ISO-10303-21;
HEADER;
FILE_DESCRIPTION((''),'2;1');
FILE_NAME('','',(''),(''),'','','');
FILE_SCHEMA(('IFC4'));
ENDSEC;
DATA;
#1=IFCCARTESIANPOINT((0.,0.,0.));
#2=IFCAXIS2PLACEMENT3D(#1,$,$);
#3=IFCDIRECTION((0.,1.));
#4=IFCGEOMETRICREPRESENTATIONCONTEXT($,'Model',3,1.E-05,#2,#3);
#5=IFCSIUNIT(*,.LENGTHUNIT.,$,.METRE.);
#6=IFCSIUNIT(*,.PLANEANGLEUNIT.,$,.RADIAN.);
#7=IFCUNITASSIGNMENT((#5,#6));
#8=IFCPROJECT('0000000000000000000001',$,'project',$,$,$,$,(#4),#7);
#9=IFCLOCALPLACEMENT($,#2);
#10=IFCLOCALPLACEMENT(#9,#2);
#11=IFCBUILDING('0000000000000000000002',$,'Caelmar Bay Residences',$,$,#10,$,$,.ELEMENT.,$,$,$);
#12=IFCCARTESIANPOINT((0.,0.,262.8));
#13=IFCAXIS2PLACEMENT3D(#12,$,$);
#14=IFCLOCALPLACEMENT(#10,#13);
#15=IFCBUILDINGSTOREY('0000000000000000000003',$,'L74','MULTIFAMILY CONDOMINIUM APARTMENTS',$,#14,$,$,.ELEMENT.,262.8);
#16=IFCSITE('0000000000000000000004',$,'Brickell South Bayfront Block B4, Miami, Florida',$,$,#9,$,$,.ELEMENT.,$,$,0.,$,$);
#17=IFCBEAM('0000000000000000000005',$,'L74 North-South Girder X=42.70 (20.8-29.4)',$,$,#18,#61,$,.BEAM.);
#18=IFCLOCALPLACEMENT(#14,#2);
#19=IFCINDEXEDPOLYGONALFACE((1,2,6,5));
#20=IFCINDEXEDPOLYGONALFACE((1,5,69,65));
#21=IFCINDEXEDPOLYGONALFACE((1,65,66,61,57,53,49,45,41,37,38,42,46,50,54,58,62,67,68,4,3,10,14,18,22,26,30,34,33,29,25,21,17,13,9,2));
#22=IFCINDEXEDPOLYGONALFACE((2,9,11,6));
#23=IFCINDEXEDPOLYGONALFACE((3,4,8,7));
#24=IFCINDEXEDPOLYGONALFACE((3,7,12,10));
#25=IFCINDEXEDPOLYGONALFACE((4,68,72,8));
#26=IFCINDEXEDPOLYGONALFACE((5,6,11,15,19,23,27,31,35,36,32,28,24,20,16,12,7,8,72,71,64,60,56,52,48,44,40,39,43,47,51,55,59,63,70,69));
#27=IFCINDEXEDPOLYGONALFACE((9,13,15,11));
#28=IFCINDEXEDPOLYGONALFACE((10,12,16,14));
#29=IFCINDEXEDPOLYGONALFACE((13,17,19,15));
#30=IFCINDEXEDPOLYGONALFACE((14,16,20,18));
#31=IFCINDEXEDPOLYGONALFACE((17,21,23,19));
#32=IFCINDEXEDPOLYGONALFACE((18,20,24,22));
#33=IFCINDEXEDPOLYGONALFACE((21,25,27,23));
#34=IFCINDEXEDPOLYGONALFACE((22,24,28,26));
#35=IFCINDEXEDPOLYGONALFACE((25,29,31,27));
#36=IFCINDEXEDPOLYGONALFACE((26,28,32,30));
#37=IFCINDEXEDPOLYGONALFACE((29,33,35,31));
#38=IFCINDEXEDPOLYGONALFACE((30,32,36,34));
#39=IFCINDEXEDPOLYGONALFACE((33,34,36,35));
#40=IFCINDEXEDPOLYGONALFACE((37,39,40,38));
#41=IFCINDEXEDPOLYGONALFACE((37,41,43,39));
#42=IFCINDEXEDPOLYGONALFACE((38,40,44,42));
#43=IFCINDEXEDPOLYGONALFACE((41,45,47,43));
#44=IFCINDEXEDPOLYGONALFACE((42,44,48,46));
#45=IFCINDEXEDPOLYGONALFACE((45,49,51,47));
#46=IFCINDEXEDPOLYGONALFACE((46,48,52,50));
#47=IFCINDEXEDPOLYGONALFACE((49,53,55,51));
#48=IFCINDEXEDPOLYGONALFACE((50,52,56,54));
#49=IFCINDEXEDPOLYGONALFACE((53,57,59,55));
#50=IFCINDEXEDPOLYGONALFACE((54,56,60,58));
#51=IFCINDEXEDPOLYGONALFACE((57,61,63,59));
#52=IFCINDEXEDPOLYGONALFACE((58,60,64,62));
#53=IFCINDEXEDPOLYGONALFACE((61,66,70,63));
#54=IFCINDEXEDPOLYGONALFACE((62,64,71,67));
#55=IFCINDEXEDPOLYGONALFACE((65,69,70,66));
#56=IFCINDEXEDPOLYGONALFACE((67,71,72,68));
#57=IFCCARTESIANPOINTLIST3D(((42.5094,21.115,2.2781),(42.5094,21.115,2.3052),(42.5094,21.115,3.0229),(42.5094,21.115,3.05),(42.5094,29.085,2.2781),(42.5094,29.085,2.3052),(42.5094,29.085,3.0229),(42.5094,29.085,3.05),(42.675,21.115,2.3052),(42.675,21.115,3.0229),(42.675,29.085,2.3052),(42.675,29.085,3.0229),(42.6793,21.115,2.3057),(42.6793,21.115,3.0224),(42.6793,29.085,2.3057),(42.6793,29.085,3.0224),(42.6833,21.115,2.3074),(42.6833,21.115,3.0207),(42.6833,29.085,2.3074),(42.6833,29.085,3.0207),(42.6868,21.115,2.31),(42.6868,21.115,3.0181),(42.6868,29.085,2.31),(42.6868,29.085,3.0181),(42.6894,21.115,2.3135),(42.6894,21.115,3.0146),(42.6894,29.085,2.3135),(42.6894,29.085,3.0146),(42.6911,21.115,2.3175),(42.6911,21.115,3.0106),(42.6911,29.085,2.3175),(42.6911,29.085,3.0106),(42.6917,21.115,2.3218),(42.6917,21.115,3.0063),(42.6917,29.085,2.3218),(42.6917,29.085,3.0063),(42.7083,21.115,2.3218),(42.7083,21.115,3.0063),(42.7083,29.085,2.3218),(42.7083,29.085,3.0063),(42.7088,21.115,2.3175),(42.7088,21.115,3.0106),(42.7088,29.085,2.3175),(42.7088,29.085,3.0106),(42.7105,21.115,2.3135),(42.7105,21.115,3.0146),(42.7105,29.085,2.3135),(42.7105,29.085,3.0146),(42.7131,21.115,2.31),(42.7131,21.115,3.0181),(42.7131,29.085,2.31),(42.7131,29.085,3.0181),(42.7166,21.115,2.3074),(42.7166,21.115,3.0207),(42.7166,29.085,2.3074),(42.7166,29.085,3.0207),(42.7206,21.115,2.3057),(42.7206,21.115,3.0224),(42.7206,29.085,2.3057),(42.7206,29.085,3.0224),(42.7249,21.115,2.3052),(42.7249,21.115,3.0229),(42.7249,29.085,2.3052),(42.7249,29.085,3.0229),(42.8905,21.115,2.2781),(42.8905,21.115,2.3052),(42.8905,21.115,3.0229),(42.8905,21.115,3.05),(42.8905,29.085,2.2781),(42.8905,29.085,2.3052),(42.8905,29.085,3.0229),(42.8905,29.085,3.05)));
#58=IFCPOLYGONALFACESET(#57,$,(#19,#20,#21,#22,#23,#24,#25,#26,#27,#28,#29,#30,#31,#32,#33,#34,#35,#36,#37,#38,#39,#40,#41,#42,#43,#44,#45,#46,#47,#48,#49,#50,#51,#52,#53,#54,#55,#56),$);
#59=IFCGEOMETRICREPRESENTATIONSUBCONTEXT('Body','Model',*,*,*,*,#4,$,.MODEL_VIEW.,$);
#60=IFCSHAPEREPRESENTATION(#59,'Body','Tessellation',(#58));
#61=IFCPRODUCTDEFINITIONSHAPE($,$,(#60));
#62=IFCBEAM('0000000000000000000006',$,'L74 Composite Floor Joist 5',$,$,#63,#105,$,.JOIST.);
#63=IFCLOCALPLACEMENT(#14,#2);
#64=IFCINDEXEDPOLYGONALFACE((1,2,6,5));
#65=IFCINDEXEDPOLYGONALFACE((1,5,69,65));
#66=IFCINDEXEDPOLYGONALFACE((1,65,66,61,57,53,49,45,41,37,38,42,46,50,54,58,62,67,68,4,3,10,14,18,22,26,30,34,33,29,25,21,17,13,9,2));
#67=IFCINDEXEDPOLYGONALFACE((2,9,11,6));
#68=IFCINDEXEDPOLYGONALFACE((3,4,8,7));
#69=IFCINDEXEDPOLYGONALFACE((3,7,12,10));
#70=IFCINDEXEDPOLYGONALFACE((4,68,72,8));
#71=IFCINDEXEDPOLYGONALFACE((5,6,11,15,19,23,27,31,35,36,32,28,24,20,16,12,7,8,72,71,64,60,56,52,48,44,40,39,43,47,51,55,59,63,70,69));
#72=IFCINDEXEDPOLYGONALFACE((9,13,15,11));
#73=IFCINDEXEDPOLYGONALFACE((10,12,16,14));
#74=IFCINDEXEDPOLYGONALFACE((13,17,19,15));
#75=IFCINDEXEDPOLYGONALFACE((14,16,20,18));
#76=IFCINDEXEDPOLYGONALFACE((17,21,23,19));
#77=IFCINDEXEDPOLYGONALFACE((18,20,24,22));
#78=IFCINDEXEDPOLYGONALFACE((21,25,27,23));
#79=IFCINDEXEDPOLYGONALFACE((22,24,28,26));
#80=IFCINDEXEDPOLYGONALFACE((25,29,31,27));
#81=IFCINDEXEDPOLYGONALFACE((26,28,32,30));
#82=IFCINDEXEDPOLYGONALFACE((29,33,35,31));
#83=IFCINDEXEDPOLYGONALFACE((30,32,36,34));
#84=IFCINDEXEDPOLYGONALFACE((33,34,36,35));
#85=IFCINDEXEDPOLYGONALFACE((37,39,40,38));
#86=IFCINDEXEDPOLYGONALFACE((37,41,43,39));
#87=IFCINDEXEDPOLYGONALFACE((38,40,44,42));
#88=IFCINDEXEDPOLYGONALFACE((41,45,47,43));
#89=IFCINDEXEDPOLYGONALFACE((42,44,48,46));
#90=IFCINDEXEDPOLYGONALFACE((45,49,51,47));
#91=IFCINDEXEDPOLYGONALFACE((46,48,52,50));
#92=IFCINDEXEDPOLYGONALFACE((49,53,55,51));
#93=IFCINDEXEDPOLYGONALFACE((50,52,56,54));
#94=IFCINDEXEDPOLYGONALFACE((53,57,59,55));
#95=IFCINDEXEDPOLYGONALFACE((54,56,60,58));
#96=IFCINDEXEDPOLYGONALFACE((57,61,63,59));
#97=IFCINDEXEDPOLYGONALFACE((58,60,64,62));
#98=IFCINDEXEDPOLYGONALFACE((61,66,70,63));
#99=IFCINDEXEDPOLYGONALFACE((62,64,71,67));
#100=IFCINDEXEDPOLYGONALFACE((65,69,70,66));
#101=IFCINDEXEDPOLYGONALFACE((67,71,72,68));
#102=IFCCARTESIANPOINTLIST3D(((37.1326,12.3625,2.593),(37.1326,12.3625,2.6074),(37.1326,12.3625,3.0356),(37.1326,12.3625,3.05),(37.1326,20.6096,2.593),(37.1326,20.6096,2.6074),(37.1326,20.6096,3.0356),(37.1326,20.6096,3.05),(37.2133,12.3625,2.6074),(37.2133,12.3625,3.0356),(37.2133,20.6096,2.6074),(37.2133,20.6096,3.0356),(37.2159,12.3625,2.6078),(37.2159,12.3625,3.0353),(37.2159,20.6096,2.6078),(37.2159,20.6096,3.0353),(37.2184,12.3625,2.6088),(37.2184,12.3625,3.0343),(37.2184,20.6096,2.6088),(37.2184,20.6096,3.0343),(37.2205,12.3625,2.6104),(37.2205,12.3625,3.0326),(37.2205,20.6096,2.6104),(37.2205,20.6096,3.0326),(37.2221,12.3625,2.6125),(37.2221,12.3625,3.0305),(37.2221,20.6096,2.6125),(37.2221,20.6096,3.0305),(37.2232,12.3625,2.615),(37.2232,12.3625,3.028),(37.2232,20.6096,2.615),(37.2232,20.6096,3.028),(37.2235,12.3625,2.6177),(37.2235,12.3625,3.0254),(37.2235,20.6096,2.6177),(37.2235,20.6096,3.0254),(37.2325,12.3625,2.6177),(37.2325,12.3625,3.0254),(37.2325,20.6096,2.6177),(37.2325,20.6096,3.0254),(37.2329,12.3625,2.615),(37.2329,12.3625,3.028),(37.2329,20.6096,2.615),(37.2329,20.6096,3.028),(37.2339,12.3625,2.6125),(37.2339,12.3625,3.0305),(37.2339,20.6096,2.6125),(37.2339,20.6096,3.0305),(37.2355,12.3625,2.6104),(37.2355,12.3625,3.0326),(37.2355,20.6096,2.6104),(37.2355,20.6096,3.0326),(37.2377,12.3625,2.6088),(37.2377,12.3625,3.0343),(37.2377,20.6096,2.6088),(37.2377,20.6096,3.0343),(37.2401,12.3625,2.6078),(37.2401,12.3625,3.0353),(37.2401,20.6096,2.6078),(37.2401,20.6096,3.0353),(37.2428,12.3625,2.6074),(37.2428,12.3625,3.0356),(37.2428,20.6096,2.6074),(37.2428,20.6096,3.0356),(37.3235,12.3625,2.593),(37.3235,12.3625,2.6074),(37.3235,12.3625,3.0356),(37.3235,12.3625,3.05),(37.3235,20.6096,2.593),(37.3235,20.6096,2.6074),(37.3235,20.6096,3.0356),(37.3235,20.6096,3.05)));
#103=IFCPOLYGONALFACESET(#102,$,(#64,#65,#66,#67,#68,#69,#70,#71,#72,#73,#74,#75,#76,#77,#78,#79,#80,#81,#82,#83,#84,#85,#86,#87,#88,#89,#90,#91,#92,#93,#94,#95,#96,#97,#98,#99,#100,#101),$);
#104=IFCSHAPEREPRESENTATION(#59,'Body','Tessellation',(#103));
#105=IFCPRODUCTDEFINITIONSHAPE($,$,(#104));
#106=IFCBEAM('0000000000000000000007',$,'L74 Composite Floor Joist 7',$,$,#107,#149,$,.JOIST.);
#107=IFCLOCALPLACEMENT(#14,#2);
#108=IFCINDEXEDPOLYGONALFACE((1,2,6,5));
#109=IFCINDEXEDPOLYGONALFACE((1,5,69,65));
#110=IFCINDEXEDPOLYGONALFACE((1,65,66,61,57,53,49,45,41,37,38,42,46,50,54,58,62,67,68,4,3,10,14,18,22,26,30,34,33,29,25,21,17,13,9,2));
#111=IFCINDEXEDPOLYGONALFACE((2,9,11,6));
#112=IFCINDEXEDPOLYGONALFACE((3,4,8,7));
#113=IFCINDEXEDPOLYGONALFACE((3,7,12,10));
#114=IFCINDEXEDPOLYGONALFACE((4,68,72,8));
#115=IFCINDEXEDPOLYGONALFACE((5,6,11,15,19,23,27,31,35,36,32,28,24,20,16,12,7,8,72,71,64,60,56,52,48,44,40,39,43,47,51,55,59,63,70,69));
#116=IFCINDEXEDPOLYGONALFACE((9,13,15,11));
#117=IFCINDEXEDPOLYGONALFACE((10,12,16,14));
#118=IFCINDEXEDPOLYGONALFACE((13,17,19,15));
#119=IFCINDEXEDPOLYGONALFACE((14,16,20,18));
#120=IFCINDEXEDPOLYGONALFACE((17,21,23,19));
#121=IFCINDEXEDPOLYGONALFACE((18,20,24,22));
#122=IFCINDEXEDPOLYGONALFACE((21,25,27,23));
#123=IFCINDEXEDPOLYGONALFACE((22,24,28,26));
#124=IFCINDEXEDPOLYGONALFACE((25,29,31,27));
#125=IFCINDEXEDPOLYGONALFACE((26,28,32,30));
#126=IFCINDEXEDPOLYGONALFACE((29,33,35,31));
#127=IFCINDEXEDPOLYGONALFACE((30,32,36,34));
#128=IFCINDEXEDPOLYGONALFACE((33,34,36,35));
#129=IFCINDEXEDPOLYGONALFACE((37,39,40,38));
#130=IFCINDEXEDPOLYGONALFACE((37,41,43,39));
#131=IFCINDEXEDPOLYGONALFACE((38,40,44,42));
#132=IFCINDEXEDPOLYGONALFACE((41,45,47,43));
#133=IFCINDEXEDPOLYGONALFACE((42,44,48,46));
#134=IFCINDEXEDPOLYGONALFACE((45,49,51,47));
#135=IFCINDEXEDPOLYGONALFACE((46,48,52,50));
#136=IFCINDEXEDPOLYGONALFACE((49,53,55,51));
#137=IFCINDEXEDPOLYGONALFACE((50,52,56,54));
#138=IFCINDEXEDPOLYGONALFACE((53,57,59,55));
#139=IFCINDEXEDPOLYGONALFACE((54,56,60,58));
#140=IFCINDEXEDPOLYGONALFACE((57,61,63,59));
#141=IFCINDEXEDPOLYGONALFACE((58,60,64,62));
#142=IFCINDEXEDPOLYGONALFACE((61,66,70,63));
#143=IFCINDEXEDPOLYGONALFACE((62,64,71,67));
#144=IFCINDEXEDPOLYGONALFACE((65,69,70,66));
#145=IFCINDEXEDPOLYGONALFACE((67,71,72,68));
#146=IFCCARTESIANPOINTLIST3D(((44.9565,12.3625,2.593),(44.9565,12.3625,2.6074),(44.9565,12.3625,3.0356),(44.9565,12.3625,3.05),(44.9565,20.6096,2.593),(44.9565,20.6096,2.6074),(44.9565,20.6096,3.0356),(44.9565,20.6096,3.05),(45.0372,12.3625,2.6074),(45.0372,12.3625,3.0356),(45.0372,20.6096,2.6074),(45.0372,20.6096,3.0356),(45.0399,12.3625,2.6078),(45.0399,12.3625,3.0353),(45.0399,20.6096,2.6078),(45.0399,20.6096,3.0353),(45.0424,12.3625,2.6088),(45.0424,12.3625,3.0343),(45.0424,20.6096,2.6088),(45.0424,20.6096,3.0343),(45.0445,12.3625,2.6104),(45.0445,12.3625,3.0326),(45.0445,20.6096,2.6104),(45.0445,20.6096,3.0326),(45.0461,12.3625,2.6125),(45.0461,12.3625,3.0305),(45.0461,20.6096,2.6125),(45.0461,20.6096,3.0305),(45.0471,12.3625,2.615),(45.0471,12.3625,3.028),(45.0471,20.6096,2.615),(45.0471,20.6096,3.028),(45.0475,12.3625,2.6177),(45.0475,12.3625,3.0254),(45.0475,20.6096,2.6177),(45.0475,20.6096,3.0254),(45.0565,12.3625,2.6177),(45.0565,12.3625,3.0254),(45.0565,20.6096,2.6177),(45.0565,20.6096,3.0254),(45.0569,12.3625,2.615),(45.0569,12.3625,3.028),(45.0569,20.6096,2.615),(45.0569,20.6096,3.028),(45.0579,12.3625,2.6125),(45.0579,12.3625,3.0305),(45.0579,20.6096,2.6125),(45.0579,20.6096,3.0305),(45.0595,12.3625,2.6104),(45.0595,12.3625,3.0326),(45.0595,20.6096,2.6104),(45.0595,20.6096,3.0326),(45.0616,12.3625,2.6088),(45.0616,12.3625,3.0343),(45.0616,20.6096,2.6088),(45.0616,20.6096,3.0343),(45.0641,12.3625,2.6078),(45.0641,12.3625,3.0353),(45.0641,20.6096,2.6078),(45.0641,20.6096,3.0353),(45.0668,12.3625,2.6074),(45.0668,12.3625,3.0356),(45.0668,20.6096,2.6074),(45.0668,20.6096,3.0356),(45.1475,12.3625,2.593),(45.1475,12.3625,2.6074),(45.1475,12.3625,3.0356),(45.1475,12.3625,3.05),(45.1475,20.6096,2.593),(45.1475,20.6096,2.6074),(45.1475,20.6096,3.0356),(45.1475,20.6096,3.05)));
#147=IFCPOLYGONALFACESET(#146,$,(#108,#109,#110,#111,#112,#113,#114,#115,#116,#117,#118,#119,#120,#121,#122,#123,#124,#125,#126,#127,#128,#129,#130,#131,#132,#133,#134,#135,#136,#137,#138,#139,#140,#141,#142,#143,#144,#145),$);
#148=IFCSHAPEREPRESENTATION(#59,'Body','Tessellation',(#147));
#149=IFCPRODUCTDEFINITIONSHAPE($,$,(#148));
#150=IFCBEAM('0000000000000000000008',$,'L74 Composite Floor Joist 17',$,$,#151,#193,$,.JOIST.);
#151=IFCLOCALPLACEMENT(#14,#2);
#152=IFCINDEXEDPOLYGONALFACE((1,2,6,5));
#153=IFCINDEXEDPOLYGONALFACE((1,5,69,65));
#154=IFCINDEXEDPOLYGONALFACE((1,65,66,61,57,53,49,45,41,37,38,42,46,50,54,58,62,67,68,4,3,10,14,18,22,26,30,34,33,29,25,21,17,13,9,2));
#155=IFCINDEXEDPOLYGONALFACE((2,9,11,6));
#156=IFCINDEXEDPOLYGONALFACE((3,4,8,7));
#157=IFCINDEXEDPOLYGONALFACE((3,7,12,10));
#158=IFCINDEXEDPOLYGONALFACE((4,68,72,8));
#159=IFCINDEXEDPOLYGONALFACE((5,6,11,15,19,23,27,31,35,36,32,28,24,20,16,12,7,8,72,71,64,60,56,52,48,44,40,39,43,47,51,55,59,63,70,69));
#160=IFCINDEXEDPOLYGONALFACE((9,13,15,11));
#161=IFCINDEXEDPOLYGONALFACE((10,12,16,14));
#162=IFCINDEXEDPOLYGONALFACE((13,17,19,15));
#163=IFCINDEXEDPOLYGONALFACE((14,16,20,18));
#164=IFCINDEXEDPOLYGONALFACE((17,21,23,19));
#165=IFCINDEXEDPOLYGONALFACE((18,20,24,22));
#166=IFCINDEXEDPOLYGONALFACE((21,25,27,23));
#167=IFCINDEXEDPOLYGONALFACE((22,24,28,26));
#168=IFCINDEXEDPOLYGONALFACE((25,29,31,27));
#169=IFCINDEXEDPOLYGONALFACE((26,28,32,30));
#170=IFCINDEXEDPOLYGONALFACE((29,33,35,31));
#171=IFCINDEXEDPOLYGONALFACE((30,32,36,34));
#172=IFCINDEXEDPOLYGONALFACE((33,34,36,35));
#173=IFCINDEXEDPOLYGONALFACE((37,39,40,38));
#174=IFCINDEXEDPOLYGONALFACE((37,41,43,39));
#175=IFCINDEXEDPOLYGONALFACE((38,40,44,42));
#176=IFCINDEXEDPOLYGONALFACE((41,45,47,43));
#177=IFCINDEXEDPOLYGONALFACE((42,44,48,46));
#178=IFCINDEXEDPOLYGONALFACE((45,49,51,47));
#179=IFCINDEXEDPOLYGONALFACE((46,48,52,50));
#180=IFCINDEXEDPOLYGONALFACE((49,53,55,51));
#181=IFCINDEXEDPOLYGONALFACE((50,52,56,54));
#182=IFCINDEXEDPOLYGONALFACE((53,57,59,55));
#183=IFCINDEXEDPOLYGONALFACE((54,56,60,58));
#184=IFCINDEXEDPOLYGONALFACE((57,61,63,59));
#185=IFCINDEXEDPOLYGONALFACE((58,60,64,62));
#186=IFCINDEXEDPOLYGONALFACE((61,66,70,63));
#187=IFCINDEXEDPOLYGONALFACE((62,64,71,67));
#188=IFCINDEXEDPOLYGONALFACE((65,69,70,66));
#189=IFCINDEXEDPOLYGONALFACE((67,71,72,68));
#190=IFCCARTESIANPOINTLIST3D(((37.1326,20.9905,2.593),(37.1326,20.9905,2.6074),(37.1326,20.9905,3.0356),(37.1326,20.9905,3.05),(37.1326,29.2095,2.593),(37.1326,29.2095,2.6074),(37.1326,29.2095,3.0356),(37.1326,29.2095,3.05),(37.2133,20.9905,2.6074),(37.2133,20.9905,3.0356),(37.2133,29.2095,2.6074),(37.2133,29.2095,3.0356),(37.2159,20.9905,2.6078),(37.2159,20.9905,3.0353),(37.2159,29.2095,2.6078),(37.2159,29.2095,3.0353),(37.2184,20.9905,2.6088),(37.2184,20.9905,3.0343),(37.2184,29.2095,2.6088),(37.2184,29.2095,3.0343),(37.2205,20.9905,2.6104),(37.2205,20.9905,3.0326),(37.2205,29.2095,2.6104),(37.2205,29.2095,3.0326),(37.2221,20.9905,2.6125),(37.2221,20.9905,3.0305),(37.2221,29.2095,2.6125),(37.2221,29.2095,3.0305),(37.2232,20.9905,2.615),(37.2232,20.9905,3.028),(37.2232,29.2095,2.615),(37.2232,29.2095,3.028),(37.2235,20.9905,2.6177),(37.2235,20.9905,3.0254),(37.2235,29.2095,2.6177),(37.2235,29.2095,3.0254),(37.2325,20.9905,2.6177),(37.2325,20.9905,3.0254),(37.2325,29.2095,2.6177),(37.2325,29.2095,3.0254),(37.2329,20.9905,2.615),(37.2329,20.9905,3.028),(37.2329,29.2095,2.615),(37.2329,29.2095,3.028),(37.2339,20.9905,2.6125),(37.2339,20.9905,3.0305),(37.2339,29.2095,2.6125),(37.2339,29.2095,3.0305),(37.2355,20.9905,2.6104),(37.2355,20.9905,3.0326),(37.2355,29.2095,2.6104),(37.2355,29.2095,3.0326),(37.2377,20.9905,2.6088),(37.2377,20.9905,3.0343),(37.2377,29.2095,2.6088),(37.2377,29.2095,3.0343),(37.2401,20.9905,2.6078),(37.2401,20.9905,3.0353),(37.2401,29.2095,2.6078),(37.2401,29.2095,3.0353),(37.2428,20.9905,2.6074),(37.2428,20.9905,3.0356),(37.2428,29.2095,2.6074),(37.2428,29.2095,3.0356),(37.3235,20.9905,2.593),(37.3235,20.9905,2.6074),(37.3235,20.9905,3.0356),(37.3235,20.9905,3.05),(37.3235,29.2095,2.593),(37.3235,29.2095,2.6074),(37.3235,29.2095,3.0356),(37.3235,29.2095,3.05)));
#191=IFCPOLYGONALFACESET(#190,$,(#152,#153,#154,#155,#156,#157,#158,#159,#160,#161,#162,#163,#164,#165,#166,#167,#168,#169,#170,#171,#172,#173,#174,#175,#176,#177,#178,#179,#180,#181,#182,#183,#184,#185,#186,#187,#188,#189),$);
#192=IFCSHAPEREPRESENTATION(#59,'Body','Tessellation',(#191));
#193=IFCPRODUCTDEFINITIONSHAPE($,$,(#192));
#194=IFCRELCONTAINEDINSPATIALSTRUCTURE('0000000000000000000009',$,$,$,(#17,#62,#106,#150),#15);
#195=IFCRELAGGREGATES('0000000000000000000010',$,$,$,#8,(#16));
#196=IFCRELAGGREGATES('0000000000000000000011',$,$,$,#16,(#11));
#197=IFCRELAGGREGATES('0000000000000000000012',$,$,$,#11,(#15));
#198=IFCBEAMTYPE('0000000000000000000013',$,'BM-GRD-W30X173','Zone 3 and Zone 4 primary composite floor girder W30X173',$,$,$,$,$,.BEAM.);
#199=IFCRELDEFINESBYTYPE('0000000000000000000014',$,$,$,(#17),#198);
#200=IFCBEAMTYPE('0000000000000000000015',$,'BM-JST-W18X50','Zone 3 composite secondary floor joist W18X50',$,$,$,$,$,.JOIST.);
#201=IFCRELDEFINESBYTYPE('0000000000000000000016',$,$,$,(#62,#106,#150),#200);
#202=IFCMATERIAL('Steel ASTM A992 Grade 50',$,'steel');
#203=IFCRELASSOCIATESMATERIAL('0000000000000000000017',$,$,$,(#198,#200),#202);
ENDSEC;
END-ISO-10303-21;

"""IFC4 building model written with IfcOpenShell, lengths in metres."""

from ifc_helpers import new_model, si_unit, direction, frame, origin, origin_2d, place, context, subcontext, project, spatial, i_section, extrude, material, material_profile, profile_set, type_object, element, save


model = new_model("IFC4")

# Units and contexts
model_context = context("Model", 3, precision=1e-05, world=origin(), true_north=direction((0.0, 1.0)))
body_context = subcontext(model_context, "Body", "Model", "MODEL_VIEW")
ifc_project = project(units=[si_unit("LENGTHUNIT", "METRE"), si_unit("PLANEANGLEUNIT", "RADIAN")], contexts=[model_context])

# Site, building, storey
site_placement = place(None, origin())
site = spatial("IfcSite", under=ifc_project, at=site_placement, Name="Brickell South Bayfront Block B4, Miami, Florida", CompositionType="ELEMENT", RefElevation=0.0)
building_placement = place(site_placement, origin())
building = spatial("IfcBuilding", under=site, at=building_placement, Name="Caelmar Bay Residences", CompositionType="ELEMENT")
storey_placement = place(building_placement, frame((0.0, 0.0, 262.8)))
storey = spatial("IfcBuildingStorey", under=building, at=storey_placement, Name="L74", Description="MULTIFAMILY CONDOMINIUM APARTMENTS", CompositionType="ELEMENT", Elevation=262.8)

# Beams
ifc_material_1 = material(Name="Steel ASTM A992 Grade 50", Category="steel")
ifc_material_profile_1 = material_profile(ifc_material_1, i_section(OverallWidth=0.3811, OverallDepth=0.772, WebThickness=0.0166, FlangeThickness=0.0271, FilletRadius=0.0166, at=origin_2d()), Name="W30X173")
ifc_profile_set_1 = profile_set([ifc_material_profile_1], Name="Steel ASTM A992 Grade 50")
beam_type_1 = type_object("IfcBeamType", Name="BM-GRD-W30X173", Description="Zone 3 and Zone 4 primary composite floor girder W30X173", PredefinedType="BEAM", material=ifc_profile_set_1)
beam_1_placement = place(storey_placement, frame((42.7, 21.115, 2.6641), z_axis=(0.0, 1.0, 0.0), x_axis=(-1.0, 0.0, 0.0)))
element("IfcBeam", 1, at=beam_1_placement, inside=storey, type_object=beam_type_1, Name="L74 North-South Girder X=42.70 (20.8-29.4)", PredefinedType="BEAM", context=body_context, shape_type="SweptSolid", body=[
    extrude(i_section(OverallWidth=0.3811, OverallDepth=0.772, WebThickness=0.0166, FlangeThickness=0.0271, FilletRadius=0.0166, at=origin_2d()), origin(), (0.0, 0.0, 1.0), 7.97),
])
ifc_material_profile_2 = material_profile(ifc_material_1, i_section(OverallWidth=0.1909, OverallDepth=0.457, WebThickness=0.009, FlangeThickness=0.0144, FilletRadius=0.0103, at=origin_2d()), Name="W18X50")
ifc_profile_set_2 = profile_set([ifc_material_profile_2], Name="Steel ASTM A992 Grade 50")
beam_type_2 = type_object("IfcBeamType", Name="BM-JST-W18X50", Description="Zone 3 composite secondary floor joist W18X50", PredefinedType="JOIST", material=ifc_profile_set_2)
for number, where, z_axis, x_axis, name in (
    (2, (37.228, 12.3625, 2.8215), (0.0, 1.0, 0.0), (-1.0, 0.0, 0.0), "L74 Composite Floor Joist 5"),
    (3, (45.052, 12.3625, 2.8215), (0.0, 1.0, 0.0), (-1.0, 0.0, 0.0), "L74 Composite Floor Joist 7"),
):
    element("IfcBeam", number, at=place(storey_placement, frame(where, z_axis=z_axis, x_axis=x_axis)), inside=storey, type_object=beam_type_2, Name=name, PredefinedType="JOIST", context=body_context, shape_type="SweptSolid", body=[
        extrude(i_section(OverallWidth=0.1909, OverallDepth=0.457, WebThickness=0.009, FlangeThickness=0.0144, FilletRadius=0.0103, at=origin_2d()), origin(), (0.0, 0.0, 1.0), 8.2471),
    ])
for number, where, z_axis, x_axis, name in (
    (4, (37.228, 20.9905, 2.8215), (0.0, 1.0, 0.0), (-1.0, 0.0, 0.0), "L74 Composite Floor Joist 17"),
):
    element("IfcBeam", number, at=place(storey_placement, frame(where, z_axis=z_axis, x_axis=x_axis)), inside=storey, type_object=beam_type_2, Name=name, PredefinedType="JOIST", context=body_context, shape_type="SweptSolid", body=[
        extrude(i_section(OverallWidth=0.1909, OverallDepth=0.457, WebThickness=0.009, FlangeThickness=0.0144, FilletRadius=0.0103, at=origin_2d()), origin(), (0.0, 0.0, 1.0), 8.219),
    ])

save(model, "model.ifc")
